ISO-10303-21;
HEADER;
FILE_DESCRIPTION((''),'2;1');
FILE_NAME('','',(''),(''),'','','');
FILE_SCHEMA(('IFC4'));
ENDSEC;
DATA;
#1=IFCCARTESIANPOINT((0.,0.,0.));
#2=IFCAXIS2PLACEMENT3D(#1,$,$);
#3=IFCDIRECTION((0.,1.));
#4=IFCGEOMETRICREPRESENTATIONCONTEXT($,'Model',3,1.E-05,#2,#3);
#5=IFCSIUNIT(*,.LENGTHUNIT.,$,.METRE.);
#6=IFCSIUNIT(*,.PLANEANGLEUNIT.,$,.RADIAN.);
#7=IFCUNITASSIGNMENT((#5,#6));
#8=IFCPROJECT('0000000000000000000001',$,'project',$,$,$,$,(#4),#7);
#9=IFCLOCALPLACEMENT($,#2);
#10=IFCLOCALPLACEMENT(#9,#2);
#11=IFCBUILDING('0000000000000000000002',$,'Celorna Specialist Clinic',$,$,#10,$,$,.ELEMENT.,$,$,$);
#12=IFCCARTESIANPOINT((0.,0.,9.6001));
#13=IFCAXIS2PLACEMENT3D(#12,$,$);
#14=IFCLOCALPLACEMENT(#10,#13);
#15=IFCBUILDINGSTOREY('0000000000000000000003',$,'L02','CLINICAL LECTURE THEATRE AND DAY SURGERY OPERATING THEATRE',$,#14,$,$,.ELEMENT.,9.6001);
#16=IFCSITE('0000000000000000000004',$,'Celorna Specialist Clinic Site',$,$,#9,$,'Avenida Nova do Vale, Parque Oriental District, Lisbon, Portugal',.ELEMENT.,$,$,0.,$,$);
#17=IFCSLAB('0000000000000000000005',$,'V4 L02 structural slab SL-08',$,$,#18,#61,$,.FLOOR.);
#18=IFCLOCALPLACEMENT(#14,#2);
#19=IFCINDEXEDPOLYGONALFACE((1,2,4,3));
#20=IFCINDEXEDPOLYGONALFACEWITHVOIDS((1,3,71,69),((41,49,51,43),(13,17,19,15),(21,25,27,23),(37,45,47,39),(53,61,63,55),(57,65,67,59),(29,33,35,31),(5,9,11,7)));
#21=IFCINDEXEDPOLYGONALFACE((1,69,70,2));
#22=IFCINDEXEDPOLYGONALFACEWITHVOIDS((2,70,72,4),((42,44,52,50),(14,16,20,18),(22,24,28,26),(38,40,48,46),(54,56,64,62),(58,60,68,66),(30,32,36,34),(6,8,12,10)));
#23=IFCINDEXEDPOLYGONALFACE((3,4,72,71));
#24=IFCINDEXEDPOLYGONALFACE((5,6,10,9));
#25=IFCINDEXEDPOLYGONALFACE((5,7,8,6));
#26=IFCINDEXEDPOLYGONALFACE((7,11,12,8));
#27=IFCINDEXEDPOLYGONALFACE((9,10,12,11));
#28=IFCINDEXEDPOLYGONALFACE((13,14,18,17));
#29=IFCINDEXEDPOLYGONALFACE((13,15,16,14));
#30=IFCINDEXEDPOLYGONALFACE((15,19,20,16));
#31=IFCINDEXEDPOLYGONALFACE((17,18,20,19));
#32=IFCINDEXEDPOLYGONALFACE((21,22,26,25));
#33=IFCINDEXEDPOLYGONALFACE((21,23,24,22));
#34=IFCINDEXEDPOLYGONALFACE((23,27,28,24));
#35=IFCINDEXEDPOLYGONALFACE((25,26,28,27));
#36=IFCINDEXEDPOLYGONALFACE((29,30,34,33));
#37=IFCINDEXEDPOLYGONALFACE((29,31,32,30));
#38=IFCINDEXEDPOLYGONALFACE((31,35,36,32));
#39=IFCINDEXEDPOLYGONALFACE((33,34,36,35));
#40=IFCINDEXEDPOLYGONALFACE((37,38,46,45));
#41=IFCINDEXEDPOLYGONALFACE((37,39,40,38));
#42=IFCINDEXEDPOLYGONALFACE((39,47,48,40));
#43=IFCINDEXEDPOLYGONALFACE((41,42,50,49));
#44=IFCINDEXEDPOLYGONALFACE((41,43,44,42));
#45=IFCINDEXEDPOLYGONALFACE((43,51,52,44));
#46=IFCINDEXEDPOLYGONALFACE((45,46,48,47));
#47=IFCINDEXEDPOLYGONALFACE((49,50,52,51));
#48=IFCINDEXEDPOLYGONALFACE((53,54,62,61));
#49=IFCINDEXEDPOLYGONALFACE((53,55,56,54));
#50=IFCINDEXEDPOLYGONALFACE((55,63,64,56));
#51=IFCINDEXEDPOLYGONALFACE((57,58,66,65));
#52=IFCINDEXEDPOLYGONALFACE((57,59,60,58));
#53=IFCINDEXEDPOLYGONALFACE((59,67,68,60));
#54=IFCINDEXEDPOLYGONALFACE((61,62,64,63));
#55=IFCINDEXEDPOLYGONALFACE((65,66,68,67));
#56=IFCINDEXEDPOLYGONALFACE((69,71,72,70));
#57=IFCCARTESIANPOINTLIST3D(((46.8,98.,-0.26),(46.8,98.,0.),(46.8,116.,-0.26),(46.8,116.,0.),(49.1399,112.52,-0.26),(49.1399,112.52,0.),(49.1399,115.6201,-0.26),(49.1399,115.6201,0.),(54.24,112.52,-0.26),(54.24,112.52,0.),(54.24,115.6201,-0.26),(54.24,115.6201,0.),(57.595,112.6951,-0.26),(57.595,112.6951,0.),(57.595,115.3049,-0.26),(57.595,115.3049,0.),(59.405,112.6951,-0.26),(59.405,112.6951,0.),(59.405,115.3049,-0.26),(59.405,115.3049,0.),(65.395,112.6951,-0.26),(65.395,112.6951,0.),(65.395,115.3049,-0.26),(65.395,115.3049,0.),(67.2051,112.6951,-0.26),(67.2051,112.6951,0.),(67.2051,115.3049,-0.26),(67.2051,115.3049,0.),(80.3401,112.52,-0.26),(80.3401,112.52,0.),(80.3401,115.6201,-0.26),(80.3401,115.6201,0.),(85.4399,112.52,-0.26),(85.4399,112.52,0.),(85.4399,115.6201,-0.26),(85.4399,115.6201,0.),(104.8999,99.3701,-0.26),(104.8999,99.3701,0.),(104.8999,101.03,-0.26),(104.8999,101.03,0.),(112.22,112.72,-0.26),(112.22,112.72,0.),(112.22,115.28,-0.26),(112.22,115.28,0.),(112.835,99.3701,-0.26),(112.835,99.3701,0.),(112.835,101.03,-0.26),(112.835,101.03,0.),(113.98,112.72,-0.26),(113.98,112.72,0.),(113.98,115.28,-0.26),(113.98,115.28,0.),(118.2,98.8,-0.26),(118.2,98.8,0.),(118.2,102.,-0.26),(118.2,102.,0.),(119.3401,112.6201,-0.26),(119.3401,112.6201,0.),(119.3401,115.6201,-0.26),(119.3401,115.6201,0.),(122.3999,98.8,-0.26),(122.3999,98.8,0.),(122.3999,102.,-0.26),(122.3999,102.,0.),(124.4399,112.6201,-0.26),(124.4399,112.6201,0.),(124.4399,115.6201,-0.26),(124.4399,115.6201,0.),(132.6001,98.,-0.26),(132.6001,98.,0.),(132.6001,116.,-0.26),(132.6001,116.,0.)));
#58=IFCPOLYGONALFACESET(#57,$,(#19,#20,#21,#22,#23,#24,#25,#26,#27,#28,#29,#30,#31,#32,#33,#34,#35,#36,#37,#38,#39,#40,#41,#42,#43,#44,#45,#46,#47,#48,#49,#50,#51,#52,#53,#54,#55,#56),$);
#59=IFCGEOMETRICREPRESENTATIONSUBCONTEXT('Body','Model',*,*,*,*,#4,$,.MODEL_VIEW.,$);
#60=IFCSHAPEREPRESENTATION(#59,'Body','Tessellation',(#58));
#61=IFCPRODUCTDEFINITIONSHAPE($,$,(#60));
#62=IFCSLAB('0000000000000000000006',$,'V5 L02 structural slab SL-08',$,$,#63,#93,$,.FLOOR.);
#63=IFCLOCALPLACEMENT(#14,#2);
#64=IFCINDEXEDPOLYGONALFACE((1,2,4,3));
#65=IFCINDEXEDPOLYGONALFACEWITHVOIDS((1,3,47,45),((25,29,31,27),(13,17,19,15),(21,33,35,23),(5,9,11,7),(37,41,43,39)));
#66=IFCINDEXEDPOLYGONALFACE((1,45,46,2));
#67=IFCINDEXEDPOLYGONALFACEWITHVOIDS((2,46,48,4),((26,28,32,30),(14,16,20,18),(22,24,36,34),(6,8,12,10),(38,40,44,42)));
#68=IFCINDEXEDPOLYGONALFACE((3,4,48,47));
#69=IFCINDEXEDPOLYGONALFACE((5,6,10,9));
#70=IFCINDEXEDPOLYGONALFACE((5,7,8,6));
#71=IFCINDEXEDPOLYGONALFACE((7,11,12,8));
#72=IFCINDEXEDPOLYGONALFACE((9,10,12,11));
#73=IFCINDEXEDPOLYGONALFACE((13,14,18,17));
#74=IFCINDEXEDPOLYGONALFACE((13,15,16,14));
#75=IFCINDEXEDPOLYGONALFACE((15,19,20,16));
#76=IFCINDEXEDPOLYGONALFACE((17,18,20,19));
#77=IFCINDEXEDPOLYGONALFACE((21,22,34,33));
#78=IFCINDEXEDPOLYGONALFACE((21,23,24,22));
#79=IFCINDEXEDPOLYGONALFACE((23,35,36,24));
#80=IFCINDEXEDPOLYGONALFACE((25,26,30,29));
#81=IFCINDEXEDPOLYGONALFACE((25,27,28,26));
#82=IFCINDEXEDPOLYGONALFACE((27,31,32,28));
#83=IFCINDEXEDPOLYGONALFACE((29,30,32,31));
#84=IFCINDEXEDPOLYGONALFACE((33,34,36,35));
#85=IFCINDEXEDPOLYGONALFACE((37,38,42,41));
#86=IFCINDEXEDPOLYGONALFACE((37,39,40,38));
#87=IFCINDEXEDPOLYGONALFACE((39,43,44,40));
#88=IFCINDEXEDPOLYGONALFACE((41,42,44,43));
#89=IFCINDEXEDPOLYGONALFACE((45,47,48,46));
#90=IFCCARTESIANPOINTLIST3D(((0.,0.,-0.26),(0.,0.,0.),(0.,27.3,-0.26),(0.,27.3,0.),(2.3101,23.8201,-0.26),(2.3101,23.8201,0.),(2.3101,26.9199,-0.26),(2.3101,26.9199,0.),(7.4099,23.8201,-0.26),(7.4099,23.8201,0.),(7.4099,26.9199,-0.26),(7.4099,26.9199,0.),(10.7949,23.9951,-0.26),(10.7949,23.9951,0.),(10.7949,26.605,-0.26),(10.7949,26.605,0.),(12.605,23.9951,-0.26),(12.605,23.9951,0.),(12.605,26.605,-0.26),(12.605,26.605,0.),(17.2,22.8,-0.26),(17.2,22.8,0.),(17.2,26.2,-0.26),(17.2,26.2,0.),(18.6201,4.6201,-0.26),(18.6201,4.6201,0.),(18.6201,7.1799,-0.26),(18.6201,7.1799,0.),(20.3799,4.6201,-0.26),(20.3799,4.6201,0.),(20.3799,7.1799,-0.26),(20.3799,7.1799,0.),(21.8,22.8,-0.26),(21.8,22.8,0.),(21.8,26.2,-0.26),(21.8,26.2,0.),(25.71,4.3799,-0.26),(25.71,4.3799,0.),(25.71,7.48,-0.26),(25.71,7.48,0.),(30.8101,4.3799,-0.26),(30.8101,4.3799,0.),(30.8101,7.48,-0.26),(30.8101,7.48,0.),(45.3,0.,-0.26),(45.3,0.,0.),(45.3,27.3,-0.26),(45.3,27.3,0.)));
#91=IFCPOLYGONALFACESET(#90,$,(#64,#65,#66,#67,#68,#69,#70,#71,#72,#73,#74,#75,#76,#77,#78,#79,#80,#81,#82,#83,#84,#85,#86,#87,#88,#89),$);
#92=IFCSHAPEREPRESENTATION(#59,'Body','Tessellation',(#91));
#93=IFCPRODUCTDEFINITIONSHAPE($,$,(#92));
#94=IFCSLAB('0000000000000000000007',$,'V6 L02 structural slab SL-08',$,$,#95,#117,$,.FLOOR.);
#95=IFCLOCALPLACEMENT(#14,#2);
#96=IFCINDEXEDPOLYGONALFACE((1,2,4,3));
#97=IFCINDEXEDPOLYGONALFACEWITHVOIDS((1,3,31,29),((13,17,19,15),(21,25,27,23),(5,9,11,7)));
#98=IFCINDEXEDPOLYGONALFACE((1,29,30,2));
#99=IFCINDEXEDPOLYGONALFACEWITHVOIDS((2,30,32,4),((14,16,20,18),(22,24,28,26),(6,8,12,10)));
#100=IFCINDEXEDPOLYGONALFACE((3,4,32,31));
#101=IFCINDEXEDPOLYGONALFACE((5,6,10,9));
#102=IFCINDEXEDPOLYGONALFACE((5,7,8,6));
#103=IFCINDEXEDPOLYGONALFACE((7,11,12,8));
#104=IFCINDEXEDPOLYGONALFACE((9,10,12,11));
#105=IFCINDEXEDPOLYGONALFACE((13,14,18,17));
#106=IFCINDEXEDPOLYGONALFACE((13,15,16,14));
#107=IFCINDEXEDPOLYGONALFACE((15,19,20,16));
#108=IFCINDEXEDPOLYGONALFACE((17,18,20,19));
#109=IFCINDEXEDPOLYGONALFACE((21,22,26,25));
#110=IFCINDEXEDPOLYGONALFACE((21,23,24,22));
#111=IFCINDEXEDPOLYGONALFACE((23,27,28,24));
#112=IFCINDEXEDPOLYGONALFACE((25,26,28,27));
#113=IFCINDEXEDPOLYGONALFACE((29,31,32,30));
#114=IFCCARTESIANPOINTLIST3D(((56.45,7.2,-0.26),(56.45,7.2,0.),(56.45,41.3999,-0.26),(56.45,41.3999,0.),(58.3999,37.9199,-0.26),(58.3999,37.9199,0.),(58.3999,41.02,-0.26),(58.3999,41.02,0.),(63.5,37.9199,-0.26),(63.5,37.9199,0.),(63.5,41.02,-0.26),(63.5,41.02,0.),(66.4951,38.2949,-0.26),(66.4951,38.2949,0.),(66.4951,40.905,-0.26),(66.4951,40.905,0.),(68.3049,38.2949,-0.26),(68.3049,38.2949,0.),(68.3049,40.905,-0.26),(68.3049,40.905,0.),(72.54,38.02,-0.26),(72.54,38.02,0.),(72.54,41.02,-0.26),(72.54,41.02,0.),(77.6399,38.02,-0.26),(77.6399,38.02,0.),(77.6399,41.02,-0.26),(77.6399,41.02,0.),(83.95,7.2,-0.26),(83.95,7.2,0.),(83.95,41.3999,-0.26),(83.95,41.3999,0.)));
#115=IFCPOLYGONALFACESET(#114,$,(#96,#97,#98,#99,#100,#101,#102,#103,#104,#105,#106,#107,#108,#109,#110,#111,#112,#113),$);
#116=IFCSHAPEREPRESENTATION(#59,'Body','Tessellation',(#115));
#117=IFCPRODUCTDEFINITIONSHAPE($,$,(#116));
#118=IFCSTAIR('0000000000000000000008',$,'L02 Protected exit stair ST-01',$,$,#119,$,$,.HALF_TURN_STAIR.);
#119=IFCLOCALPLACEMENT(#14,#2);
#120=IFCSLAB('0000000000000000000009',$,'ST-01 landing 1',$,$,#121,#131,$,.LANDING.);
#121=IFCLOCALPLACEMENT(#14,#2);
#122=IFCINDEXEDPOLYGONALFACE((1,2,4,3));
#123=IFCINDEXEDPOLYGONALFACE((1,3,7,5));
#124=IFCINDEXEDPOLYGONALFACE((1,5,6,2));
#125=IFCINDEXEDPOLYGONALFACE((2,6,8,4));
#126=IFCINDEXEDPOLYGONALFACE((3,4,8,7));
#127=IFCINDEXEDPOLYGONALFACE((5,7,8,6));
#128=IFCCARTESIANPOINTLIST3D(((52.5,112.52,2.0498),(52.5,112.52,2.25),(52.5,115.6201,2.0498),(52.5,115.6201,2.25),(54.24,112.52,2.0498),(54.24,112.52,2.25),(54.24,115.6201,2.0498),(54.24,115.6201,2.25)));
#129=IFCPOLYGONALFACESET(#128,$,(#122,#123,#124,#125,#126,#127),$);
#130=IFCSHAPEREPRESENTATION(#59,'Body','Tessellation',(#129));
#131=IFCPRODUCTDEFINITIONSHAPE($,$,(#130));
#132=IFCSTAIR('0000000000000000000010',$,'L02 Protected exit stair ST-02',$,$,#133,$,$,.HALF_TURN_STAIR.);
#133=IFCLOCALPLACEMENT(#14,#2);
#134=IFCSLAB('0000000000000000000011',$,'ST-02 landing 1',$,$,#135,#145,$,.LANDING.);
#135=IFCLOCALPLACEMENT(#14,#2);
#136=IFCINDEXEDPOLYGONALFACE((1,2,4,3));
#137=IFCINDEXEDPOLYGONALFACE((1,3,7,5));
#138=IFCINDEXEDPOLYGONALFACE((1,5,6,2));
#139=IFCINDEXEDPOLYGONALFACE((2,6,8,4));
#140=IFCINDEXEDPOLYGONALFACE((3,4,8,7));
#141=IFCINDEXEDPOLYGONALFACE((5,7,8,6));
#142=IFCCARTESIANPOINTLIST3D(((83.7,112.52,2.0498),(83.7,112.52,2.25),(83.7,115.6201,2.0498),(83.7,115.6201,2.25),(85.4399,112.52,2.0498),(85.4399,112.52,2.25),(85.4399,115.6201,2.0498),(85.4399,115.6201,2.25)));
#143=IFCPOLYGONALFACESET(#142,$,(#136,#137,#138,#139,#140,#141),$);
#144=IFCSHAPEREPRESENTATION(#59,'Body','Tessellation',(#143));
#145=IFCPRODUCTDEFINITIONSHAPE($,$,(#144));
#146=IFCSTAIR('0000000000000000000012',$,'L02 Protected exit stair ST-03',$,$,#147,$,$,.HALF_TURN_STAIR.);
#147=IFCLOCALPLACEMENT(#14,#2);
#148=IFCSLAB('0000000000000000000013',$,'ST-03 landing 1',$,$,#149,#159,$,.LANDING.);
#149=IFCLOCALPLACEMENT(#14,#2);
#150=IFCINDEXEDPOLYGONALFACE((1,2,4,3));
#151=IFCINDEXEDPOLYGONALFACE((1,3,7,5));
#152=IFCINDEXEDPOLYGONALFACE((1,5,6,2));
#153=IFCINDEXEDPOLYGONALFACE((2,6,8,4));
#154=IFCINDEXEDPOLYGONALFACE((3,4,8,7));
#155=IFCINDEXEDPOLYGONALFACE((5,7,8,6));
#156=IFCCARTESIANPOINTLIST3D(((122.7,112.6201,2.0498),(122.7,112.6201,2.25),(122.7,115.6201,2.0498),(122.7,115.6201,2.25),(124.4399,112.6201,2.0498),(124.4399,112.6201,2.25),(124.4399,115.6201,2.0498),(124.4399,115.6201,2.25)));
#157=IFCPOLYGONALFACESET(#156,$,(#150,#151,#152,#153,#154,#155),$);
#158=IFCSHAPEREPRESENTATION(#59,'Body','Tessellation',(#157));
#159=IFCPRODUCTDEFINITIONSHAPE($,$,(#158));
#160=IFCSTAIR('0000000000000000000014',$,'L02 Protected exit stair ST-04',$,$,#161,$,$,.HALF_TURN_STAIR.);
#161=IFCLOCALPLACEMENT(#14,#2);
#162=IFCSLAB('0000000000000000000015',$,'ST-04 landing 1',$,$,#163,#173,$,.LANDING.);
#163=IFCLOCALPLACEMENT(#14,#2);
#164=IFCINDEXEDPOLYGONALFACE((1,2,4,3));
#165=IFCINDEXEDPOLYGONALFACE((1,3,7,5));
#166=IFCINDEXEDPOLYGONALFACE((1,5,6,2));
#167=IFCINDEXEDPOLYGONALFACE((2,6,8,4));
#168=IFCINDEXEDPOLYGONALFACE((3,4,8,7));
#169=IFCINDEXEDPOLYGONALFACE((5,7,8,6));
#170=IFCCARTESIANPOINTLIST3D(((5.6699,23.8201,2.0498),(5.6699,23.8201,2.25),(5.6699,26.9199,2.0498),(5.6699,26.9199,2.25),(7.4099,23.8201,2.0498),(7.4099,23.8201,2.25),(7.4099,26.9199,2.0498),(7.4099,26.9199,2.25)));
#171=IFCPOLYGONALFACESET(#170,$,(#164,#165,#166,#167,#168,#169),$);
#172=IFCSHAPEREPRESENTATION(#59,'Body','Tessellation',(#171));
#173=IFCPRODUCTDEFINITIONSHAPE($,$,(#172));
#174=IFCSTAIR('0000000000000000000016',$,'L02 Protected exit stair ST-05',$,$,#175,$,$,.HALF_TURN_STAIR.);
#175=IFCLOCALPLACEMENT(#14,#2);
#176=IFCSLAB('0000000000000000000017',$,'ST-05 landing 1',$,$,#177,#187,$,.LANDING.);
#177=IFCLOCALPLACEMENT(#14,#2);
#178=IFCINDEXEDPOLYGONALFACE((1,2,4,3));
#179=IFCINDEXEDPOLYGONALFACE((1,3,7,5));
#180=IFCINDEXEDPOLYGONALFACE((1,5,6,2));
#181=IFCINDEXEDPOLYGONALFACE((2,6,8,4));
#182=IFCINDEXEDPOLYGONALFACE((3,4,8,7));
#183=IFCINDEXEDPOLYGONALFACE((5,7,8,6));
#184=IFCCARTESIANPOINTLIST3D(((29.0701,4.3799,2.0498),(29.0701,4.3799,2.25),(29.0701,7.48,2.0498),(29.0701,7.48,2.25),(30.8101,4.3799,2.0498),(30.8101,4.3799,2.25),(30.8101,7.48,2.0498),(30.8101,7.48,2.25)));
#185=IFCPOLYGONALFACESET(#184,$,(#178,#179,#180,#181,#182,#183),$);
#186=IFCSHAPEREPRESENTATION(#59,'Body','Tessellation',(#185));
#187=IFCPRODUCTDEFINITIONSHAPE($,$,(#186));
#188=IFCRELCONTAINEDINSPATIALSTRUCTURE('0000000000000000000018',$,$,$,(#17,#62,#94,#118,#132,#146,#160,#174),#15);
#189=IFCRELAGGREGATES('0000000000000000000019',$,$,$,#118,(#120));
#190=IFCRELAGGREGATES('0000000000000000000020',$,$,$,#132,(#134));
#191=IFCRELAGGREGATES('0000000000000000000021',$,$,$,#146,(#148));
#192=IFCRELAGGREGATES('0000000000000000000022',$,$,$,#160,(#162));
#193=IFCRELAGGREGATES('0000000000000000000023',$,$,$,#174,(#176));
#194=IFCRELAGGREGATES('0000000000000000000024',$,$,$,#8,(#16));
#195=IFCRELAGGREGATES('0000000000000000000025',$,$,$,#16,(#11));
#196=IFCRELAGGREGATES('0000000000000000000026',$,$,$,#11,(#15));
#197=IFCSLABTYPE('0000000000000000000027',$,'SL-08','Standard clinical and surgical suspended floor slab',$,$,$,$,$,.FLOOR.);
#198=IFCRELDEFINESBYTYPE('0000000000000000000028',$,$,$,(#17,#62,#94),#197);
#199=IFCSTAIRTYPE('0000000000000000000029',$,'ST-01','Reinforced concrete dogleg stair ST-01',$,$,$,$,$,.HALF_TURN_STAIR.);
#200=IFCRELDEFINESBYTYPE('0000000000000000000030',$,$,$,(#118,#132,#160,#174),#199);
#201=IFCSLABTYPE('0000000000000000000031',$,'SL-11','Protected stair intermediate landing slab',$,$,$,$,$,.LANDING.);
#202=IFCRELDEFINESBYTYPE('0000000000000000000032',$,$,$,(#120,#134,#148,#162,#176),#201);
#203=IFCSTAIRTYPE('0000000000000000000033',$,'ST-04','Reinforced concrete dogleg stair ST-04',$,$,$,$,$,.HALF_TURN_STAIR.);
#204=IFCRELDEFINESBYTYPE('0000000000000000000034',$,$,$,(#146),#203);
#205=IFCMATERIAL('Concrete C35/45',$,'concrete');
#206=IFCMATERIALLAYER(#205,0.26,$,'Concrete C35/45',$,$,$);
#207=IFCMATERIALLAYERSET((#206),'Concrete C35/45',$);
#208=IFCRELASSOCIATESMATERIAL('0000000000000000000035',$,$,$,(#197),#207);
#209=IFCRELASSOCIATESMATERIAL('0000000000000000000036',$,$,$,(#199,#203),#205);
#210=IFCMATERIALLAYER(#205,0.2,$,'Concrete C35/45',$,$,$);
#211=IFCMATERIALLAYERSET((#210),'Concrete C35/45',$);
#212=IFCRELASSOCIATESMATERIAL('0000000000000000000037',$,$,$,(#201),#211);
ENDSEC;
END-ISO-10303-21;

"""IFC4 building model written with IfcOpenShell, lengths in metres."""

from ifc_helpers import new_model, si_unit, direction, frame, origin, place, context, subcontext, project, spatial, polyline, outline, extrude, material, layer, layer_set, type_object, element, aggregate, save


model = new_model("IFC4")

# Units and contexts
model_context = context("Model", 3, precision=1e-05, world=origin(), true_north=direction((0.0, 1.0)))
body_context = subcontext(model_context, "Body", "Model", "MODEL_VIEW")
ifc_project = project(units=[si_unit("LENGTHUNIT", "METRE"), si_unit("PLANEANGLEUNIT", "RADIAN")], contexts=[model_context])

# Site, building, storey
site_placement = place(None, origin())
site = spatial("IfcSite", under=ifc_project, at=site_placement, Name="Celorna Specialist Clinic Site", LongName="Avenida Nova do Vale, Parque Oriental District, Lisbon, Portugal", CompositionType="ELEMENT", RefElevation=0.0)
building_placement = place(site_placement, origin())
building = spatial("IfcBuilding", under=site, at=building_placement, Name="Celorna Specialist Clinic", CompositionType="ELEMENT")
storey_placement = place(building_placement, frame((0.0, 0.0, 9.6001)))
storey = spatial("IfcBuildingStorey", under=building, at=storey_placement, Name="L02", Description="CLINICAL LECTURE THEATRE AND DAY SURGERY OPERATING THEATRE", CompositionType="ELEMENT", Elevation=9.6001)

# Slabs
ifc_material_1 = material(Name="Concrete C35/45", Category="concrete")
ifc_layer_1 = layer(ifc_material_1, 0.26, Name="Concrete C35/45")
ifc_layer_set_1 = layer_set([ifc_layer_1], Name="Concrete C35/45")
slab_type_1 = type_object("IfcSlabType", Name="SL-08", Description="Standard clinical and surgical suspended floor slab", PredefinedType="FLOOR", material=ifc_layer_set_1)
slab_1_placement = place(storey_placement, frame((0.0, 0.0, -0.26)))
element("IfcSlab", 1, at=slab_1_placement, inside=storey, type_object=slab_type_1, Name="V4 L02 structural slab SL-08", PredefinedType="FLOOR", context=body_context, shape_type="SweptSolid", body=[
    extrude(outline(polyline([(132.6001, 98.0), (132.6001, 116.0), (46.8, 116.0), (46.8, 98.0), (132.6001, 98.0)]), holes=[polyline([(49.1399, 112.52), (54.24, 112.52), (54.24, 115.6201), (49.1399, 115.6201), (49.1399, 112.52)]), polyline([(80.3401, 112.52), (85.4399, 112.52), (85.4399, 115.6201), (80.3401, 115.6201), (80.3401, 112.52)]), polyline([(119.3401, 112.6201), (124.4399, 112.6201), (124.4399, 115.6201), (119.3401, 115.6201), (119.3401, 112.6201)]), polyline([(104.8999, 99.3701), (112.835, 99.3701), (112.835, 101.03), (104.8999, 101.03), (104.8999, 99.3701)]), polyline([(57.595, 112.6951), (59.405, 112.6951), (59.405, 115.3049), (57.595, 115.3049), (57.595, 112.6951)]), polyline([(65.395, 112.6951), (67.2051, 112.6951), (67.2051, 115.3049), (65.395, 115.3049), (65.395, 112.6951)]), polyline([(112.22, 112.72), (113.98, 112.72), (113.98, 115.28), (112.22, 115.28), (112.22, 112.72)]), polyline([(118.2, 98.8), (122.3999, 98.8), (122.3999, 102.0), (118.2, 102.0), (118.2, 98.8)])]), origin(), (0.0, 0.0, 1.0), 0.26),
])
slab_2_placement = place(storey_placement, frame((0.0, 0.0, -0.26)))
element("IfcSlab", 2, at=slab_2_placement, inside=storey, type_object=slab_type_1, Name="V5 L02 structural slab SL-08", PredefinedType="FLOOR", context=body_context, shape_type="SweptSolid", body=[
    extrude(outline(polyline([(45.3, 0.0), (45.3, 27.3), (0.0, 27.3), (0.0, 0.0), (45.3, 0.0)]), holes=[polyline([(2.3101, 23.8201), (7.4099, 23.8201), (7.4099, 26.9199), (2.3101, 26.9199), (2.3101, 23.8201)]), polyline([(25.71, 4.3799), (30.8101, 4.3799), (30.8101, 7.48), (25.71, 7.48), (25.71, 4.3799)]), polyline([(10.7949, 23.9951), (12.605, 23.9951), (12.605, 26.605), (10.7949, 26.605), (10.7949, 23.9951)]), polyline([(18.6201, 4.6201), (20.3799, 4.6201), (20.3799, 7.1799), (18.6201, 7.1799), (18.6201, 4.6201)]), polyline([(17.2, 22.8), (21.8, 22.8), (21.8, 26.2), (17.2, 26.2), (17.2, 22.8)])]), origin(), (0.0, 0.0, 1.0), 0.26),
])
slab_3_placement = place(storey_placement, frame((0.0, 0.0, -0.26)))
element("IfcSlab", 3, at=slab_3_placement, inside=storey, type_object=slab_type_1, Name="V6 L02 structural slab SL-08", PredefinedType="FLOOR", context=body_context, shape_type="SweptSolid", body=[
    extrude(outline(polyline([(83.95, 7.2), (83.95, 41.3999), (56.45, 41.3999), (56.45, 7.2), (83.95, 7.2)]), holes=[polyline([(58.3999, 37.9199), (63.5, 37.9199), (63.5, 41.02), (58.3999, 41.02), (58.3999, 37.9199)]), polyline([(72.54, 38.02), (77.6399, 38.02), (77.6399, 41.02), (72.54, 41.02), (72.54, 38.02)]), polyline([(66.4951, 38.2949), (68.3049, 38.2949), (68.3049, 40.905), (66.4951, 40.905), (66.4951, 38.2949)])]), origin(), (0.0, 0.0, 1.0), 0.26),
])

# Stairs, slabs
stair_type_1 = type_object("IfcStairType", Name="ST-01", Description="Reinforced concrete dogleg stair ST-01", PredefinedType="HALF_TURN_STAIR", material=ifc_material_1)
stair_1_placement = place(storey_placement, origin())
stair_1 = element("IfcStair", 4, at=stair_1_placement, inside=storey, type_object=stair_type_1, Name="L02 Protected exit stair ST-01", PredefinedType="HALF_TURN_STAIR")
ifc_layer_2 = layer(ifc_material_1, 0.2, Name="Concrete C35/45")
ifc_layer_set_2 = layer_set([ifc_layer_2], Name="Concrete C35/45")
slab_type_2 = type_object("IfcSlabType", Name="SL-11", Description="Protected stair intermediate landing slab", PredefinedType="LANDING", material=ifc_layer_set_2)
slab_4_placement = place(storey_placement, frame((0.0, 0.0, 2.0498)))
slab_4 = element("IfcSlab", 5, at=slab_4_placement, type_object=slab_type_2, Name="ST-01 landing 1", PredefinedType="LANDING", context=body_context, shape_type="SweptSolid", body=[
    extrude(outline(polyline([(52.5, 112.52), (54.24, 112.52), (54.24, 115.6201), (52.5, 115.6201), (52.5, 112.52)])), origin(), (0.0, 0.0, 1.0), 0.2002),
])
aggregate(stair_1, [slab_4])
stair_2_placement = place(storey_placement, origin())
stair_2 = element("IfcStair", 6, at=stair_2_placement, inside=storey, type_object=stair_type_1, Name="L02 Protected exit stair ST-02", PredefinedType="HALF_TURN_STAIR")
slab_5_placement = place(storey_placement, frame((0.0, 0.0, 2.0498)))
slab_5 = element("IfcSlab", 7, at=slab_5_placement, type_object=slab_type_2, Name="ST-02 landing 1", PredefinedType="LANDING", context=body_context, shape_type="SweptSolid", body=[
    extrude(outline(polyline([(83.7, 112.52), (85.4399, 112.52), (85.4399, 115.6201), (83.7, 115.6201), (83.7, 112.52)])), origin(), (0.0, 0.0, 1.0), 0.2002),
])
aggregate(stair_2, [slab_5])
stair_type_2 = type_object("IfcStairType", Name="ST-04", Description="Reinforced concrete dogleg stair ST-04", PredefinedType="HALF_TURN_STAIR", material=ifc_material_1)
stair_3_placement = place(storey_placement, origin())
stair_3 = element("IfcStair", 8, at=stair_3_placement, inside=storey, type_object=stair_type_2, Name="L02 Protected exit stair ST-03", PredefinedType="HALF_TURN_STAIR")
slab_6_placement = place(storey_placement, frame((0.0, 0.0, 2.0498)))
slab_6 = element("IfcSlab", 9, at=slab_6_placement, type_object=slab_type_2, Name="ST-03 landing 1", PredefinedType="LANDING", context=body_context, shape_type="SweptSolid", body=[
    extrude(outline(polyline([(122.7, 112.6201), (124.4399, 112.6201), (124.4399, 115.6201), (122.7, 115.6201), (122.7, 112.6201)])), origin(), (0.0, 0.0, 1.0), 0.2002),
])
aggregate(stair_3, [slab_6])
stair_4_placement = place(storey_placement, origin())
stair_4 = element("IfcStair", 10, at=stair_4_placement, inside=storey, type_object=stair_type_1, Name="L02 Protected exit stair ST-04", PredefinedType="HALF_TURN_STAIR")
slab_7_placement = place(storey_placement, frame((0.0, 0.0, 2.0498)))
slab_7 = element("IfcSlab", 11, at=slab_7_placement, type_object=slab_type_2, Name="ST-04 landing 1", PredefinedType="LANDING", context=body_context, shape_type="SweptSolid", body=[
    extrude(outline(polyline([(5.6699, 23.8201), (7.4099, 23.8201), (7.4099, 26.9199), (5.6699, 26.9199), (5.6699, 23.8201)])), origin(), (0.0, 0.0, 1.0), 0.2002),
])
aggregate(stair_4, [slab_7])
stair_5_placement = place(storey_placement, origin())
stair_5 = element("IfcStair", 12, at=stair_5_placement, inside=storey, type_object=stair_type_1, Name="L02 Protected exit stair ST-05", PredefinedType="HALF_TURN_STAIR")
slab_8_placement = place(storey_placement, frame((0.0, 0.0, 2.0498)))
slab_8 = element("IfcSlab", 13, at=slab_8_placement, type_object=slab_type_2, Name="ST-05 landing 1", PredefinedType="LANDING", context=body_context, shape_type="SweptSolid", body=[
    extrude(outline(polyline([(29.0701, 4.3799), (30.8101, 4.3799), (30.8101, 7.48), (29.0701, 7.48), (29.0701, 4.3799)])), origin(), (0.0, 0.0, 1.0), 0.2002),
])
aggregate(stair_5, [slab_8])

save(model, "model.ifc")
